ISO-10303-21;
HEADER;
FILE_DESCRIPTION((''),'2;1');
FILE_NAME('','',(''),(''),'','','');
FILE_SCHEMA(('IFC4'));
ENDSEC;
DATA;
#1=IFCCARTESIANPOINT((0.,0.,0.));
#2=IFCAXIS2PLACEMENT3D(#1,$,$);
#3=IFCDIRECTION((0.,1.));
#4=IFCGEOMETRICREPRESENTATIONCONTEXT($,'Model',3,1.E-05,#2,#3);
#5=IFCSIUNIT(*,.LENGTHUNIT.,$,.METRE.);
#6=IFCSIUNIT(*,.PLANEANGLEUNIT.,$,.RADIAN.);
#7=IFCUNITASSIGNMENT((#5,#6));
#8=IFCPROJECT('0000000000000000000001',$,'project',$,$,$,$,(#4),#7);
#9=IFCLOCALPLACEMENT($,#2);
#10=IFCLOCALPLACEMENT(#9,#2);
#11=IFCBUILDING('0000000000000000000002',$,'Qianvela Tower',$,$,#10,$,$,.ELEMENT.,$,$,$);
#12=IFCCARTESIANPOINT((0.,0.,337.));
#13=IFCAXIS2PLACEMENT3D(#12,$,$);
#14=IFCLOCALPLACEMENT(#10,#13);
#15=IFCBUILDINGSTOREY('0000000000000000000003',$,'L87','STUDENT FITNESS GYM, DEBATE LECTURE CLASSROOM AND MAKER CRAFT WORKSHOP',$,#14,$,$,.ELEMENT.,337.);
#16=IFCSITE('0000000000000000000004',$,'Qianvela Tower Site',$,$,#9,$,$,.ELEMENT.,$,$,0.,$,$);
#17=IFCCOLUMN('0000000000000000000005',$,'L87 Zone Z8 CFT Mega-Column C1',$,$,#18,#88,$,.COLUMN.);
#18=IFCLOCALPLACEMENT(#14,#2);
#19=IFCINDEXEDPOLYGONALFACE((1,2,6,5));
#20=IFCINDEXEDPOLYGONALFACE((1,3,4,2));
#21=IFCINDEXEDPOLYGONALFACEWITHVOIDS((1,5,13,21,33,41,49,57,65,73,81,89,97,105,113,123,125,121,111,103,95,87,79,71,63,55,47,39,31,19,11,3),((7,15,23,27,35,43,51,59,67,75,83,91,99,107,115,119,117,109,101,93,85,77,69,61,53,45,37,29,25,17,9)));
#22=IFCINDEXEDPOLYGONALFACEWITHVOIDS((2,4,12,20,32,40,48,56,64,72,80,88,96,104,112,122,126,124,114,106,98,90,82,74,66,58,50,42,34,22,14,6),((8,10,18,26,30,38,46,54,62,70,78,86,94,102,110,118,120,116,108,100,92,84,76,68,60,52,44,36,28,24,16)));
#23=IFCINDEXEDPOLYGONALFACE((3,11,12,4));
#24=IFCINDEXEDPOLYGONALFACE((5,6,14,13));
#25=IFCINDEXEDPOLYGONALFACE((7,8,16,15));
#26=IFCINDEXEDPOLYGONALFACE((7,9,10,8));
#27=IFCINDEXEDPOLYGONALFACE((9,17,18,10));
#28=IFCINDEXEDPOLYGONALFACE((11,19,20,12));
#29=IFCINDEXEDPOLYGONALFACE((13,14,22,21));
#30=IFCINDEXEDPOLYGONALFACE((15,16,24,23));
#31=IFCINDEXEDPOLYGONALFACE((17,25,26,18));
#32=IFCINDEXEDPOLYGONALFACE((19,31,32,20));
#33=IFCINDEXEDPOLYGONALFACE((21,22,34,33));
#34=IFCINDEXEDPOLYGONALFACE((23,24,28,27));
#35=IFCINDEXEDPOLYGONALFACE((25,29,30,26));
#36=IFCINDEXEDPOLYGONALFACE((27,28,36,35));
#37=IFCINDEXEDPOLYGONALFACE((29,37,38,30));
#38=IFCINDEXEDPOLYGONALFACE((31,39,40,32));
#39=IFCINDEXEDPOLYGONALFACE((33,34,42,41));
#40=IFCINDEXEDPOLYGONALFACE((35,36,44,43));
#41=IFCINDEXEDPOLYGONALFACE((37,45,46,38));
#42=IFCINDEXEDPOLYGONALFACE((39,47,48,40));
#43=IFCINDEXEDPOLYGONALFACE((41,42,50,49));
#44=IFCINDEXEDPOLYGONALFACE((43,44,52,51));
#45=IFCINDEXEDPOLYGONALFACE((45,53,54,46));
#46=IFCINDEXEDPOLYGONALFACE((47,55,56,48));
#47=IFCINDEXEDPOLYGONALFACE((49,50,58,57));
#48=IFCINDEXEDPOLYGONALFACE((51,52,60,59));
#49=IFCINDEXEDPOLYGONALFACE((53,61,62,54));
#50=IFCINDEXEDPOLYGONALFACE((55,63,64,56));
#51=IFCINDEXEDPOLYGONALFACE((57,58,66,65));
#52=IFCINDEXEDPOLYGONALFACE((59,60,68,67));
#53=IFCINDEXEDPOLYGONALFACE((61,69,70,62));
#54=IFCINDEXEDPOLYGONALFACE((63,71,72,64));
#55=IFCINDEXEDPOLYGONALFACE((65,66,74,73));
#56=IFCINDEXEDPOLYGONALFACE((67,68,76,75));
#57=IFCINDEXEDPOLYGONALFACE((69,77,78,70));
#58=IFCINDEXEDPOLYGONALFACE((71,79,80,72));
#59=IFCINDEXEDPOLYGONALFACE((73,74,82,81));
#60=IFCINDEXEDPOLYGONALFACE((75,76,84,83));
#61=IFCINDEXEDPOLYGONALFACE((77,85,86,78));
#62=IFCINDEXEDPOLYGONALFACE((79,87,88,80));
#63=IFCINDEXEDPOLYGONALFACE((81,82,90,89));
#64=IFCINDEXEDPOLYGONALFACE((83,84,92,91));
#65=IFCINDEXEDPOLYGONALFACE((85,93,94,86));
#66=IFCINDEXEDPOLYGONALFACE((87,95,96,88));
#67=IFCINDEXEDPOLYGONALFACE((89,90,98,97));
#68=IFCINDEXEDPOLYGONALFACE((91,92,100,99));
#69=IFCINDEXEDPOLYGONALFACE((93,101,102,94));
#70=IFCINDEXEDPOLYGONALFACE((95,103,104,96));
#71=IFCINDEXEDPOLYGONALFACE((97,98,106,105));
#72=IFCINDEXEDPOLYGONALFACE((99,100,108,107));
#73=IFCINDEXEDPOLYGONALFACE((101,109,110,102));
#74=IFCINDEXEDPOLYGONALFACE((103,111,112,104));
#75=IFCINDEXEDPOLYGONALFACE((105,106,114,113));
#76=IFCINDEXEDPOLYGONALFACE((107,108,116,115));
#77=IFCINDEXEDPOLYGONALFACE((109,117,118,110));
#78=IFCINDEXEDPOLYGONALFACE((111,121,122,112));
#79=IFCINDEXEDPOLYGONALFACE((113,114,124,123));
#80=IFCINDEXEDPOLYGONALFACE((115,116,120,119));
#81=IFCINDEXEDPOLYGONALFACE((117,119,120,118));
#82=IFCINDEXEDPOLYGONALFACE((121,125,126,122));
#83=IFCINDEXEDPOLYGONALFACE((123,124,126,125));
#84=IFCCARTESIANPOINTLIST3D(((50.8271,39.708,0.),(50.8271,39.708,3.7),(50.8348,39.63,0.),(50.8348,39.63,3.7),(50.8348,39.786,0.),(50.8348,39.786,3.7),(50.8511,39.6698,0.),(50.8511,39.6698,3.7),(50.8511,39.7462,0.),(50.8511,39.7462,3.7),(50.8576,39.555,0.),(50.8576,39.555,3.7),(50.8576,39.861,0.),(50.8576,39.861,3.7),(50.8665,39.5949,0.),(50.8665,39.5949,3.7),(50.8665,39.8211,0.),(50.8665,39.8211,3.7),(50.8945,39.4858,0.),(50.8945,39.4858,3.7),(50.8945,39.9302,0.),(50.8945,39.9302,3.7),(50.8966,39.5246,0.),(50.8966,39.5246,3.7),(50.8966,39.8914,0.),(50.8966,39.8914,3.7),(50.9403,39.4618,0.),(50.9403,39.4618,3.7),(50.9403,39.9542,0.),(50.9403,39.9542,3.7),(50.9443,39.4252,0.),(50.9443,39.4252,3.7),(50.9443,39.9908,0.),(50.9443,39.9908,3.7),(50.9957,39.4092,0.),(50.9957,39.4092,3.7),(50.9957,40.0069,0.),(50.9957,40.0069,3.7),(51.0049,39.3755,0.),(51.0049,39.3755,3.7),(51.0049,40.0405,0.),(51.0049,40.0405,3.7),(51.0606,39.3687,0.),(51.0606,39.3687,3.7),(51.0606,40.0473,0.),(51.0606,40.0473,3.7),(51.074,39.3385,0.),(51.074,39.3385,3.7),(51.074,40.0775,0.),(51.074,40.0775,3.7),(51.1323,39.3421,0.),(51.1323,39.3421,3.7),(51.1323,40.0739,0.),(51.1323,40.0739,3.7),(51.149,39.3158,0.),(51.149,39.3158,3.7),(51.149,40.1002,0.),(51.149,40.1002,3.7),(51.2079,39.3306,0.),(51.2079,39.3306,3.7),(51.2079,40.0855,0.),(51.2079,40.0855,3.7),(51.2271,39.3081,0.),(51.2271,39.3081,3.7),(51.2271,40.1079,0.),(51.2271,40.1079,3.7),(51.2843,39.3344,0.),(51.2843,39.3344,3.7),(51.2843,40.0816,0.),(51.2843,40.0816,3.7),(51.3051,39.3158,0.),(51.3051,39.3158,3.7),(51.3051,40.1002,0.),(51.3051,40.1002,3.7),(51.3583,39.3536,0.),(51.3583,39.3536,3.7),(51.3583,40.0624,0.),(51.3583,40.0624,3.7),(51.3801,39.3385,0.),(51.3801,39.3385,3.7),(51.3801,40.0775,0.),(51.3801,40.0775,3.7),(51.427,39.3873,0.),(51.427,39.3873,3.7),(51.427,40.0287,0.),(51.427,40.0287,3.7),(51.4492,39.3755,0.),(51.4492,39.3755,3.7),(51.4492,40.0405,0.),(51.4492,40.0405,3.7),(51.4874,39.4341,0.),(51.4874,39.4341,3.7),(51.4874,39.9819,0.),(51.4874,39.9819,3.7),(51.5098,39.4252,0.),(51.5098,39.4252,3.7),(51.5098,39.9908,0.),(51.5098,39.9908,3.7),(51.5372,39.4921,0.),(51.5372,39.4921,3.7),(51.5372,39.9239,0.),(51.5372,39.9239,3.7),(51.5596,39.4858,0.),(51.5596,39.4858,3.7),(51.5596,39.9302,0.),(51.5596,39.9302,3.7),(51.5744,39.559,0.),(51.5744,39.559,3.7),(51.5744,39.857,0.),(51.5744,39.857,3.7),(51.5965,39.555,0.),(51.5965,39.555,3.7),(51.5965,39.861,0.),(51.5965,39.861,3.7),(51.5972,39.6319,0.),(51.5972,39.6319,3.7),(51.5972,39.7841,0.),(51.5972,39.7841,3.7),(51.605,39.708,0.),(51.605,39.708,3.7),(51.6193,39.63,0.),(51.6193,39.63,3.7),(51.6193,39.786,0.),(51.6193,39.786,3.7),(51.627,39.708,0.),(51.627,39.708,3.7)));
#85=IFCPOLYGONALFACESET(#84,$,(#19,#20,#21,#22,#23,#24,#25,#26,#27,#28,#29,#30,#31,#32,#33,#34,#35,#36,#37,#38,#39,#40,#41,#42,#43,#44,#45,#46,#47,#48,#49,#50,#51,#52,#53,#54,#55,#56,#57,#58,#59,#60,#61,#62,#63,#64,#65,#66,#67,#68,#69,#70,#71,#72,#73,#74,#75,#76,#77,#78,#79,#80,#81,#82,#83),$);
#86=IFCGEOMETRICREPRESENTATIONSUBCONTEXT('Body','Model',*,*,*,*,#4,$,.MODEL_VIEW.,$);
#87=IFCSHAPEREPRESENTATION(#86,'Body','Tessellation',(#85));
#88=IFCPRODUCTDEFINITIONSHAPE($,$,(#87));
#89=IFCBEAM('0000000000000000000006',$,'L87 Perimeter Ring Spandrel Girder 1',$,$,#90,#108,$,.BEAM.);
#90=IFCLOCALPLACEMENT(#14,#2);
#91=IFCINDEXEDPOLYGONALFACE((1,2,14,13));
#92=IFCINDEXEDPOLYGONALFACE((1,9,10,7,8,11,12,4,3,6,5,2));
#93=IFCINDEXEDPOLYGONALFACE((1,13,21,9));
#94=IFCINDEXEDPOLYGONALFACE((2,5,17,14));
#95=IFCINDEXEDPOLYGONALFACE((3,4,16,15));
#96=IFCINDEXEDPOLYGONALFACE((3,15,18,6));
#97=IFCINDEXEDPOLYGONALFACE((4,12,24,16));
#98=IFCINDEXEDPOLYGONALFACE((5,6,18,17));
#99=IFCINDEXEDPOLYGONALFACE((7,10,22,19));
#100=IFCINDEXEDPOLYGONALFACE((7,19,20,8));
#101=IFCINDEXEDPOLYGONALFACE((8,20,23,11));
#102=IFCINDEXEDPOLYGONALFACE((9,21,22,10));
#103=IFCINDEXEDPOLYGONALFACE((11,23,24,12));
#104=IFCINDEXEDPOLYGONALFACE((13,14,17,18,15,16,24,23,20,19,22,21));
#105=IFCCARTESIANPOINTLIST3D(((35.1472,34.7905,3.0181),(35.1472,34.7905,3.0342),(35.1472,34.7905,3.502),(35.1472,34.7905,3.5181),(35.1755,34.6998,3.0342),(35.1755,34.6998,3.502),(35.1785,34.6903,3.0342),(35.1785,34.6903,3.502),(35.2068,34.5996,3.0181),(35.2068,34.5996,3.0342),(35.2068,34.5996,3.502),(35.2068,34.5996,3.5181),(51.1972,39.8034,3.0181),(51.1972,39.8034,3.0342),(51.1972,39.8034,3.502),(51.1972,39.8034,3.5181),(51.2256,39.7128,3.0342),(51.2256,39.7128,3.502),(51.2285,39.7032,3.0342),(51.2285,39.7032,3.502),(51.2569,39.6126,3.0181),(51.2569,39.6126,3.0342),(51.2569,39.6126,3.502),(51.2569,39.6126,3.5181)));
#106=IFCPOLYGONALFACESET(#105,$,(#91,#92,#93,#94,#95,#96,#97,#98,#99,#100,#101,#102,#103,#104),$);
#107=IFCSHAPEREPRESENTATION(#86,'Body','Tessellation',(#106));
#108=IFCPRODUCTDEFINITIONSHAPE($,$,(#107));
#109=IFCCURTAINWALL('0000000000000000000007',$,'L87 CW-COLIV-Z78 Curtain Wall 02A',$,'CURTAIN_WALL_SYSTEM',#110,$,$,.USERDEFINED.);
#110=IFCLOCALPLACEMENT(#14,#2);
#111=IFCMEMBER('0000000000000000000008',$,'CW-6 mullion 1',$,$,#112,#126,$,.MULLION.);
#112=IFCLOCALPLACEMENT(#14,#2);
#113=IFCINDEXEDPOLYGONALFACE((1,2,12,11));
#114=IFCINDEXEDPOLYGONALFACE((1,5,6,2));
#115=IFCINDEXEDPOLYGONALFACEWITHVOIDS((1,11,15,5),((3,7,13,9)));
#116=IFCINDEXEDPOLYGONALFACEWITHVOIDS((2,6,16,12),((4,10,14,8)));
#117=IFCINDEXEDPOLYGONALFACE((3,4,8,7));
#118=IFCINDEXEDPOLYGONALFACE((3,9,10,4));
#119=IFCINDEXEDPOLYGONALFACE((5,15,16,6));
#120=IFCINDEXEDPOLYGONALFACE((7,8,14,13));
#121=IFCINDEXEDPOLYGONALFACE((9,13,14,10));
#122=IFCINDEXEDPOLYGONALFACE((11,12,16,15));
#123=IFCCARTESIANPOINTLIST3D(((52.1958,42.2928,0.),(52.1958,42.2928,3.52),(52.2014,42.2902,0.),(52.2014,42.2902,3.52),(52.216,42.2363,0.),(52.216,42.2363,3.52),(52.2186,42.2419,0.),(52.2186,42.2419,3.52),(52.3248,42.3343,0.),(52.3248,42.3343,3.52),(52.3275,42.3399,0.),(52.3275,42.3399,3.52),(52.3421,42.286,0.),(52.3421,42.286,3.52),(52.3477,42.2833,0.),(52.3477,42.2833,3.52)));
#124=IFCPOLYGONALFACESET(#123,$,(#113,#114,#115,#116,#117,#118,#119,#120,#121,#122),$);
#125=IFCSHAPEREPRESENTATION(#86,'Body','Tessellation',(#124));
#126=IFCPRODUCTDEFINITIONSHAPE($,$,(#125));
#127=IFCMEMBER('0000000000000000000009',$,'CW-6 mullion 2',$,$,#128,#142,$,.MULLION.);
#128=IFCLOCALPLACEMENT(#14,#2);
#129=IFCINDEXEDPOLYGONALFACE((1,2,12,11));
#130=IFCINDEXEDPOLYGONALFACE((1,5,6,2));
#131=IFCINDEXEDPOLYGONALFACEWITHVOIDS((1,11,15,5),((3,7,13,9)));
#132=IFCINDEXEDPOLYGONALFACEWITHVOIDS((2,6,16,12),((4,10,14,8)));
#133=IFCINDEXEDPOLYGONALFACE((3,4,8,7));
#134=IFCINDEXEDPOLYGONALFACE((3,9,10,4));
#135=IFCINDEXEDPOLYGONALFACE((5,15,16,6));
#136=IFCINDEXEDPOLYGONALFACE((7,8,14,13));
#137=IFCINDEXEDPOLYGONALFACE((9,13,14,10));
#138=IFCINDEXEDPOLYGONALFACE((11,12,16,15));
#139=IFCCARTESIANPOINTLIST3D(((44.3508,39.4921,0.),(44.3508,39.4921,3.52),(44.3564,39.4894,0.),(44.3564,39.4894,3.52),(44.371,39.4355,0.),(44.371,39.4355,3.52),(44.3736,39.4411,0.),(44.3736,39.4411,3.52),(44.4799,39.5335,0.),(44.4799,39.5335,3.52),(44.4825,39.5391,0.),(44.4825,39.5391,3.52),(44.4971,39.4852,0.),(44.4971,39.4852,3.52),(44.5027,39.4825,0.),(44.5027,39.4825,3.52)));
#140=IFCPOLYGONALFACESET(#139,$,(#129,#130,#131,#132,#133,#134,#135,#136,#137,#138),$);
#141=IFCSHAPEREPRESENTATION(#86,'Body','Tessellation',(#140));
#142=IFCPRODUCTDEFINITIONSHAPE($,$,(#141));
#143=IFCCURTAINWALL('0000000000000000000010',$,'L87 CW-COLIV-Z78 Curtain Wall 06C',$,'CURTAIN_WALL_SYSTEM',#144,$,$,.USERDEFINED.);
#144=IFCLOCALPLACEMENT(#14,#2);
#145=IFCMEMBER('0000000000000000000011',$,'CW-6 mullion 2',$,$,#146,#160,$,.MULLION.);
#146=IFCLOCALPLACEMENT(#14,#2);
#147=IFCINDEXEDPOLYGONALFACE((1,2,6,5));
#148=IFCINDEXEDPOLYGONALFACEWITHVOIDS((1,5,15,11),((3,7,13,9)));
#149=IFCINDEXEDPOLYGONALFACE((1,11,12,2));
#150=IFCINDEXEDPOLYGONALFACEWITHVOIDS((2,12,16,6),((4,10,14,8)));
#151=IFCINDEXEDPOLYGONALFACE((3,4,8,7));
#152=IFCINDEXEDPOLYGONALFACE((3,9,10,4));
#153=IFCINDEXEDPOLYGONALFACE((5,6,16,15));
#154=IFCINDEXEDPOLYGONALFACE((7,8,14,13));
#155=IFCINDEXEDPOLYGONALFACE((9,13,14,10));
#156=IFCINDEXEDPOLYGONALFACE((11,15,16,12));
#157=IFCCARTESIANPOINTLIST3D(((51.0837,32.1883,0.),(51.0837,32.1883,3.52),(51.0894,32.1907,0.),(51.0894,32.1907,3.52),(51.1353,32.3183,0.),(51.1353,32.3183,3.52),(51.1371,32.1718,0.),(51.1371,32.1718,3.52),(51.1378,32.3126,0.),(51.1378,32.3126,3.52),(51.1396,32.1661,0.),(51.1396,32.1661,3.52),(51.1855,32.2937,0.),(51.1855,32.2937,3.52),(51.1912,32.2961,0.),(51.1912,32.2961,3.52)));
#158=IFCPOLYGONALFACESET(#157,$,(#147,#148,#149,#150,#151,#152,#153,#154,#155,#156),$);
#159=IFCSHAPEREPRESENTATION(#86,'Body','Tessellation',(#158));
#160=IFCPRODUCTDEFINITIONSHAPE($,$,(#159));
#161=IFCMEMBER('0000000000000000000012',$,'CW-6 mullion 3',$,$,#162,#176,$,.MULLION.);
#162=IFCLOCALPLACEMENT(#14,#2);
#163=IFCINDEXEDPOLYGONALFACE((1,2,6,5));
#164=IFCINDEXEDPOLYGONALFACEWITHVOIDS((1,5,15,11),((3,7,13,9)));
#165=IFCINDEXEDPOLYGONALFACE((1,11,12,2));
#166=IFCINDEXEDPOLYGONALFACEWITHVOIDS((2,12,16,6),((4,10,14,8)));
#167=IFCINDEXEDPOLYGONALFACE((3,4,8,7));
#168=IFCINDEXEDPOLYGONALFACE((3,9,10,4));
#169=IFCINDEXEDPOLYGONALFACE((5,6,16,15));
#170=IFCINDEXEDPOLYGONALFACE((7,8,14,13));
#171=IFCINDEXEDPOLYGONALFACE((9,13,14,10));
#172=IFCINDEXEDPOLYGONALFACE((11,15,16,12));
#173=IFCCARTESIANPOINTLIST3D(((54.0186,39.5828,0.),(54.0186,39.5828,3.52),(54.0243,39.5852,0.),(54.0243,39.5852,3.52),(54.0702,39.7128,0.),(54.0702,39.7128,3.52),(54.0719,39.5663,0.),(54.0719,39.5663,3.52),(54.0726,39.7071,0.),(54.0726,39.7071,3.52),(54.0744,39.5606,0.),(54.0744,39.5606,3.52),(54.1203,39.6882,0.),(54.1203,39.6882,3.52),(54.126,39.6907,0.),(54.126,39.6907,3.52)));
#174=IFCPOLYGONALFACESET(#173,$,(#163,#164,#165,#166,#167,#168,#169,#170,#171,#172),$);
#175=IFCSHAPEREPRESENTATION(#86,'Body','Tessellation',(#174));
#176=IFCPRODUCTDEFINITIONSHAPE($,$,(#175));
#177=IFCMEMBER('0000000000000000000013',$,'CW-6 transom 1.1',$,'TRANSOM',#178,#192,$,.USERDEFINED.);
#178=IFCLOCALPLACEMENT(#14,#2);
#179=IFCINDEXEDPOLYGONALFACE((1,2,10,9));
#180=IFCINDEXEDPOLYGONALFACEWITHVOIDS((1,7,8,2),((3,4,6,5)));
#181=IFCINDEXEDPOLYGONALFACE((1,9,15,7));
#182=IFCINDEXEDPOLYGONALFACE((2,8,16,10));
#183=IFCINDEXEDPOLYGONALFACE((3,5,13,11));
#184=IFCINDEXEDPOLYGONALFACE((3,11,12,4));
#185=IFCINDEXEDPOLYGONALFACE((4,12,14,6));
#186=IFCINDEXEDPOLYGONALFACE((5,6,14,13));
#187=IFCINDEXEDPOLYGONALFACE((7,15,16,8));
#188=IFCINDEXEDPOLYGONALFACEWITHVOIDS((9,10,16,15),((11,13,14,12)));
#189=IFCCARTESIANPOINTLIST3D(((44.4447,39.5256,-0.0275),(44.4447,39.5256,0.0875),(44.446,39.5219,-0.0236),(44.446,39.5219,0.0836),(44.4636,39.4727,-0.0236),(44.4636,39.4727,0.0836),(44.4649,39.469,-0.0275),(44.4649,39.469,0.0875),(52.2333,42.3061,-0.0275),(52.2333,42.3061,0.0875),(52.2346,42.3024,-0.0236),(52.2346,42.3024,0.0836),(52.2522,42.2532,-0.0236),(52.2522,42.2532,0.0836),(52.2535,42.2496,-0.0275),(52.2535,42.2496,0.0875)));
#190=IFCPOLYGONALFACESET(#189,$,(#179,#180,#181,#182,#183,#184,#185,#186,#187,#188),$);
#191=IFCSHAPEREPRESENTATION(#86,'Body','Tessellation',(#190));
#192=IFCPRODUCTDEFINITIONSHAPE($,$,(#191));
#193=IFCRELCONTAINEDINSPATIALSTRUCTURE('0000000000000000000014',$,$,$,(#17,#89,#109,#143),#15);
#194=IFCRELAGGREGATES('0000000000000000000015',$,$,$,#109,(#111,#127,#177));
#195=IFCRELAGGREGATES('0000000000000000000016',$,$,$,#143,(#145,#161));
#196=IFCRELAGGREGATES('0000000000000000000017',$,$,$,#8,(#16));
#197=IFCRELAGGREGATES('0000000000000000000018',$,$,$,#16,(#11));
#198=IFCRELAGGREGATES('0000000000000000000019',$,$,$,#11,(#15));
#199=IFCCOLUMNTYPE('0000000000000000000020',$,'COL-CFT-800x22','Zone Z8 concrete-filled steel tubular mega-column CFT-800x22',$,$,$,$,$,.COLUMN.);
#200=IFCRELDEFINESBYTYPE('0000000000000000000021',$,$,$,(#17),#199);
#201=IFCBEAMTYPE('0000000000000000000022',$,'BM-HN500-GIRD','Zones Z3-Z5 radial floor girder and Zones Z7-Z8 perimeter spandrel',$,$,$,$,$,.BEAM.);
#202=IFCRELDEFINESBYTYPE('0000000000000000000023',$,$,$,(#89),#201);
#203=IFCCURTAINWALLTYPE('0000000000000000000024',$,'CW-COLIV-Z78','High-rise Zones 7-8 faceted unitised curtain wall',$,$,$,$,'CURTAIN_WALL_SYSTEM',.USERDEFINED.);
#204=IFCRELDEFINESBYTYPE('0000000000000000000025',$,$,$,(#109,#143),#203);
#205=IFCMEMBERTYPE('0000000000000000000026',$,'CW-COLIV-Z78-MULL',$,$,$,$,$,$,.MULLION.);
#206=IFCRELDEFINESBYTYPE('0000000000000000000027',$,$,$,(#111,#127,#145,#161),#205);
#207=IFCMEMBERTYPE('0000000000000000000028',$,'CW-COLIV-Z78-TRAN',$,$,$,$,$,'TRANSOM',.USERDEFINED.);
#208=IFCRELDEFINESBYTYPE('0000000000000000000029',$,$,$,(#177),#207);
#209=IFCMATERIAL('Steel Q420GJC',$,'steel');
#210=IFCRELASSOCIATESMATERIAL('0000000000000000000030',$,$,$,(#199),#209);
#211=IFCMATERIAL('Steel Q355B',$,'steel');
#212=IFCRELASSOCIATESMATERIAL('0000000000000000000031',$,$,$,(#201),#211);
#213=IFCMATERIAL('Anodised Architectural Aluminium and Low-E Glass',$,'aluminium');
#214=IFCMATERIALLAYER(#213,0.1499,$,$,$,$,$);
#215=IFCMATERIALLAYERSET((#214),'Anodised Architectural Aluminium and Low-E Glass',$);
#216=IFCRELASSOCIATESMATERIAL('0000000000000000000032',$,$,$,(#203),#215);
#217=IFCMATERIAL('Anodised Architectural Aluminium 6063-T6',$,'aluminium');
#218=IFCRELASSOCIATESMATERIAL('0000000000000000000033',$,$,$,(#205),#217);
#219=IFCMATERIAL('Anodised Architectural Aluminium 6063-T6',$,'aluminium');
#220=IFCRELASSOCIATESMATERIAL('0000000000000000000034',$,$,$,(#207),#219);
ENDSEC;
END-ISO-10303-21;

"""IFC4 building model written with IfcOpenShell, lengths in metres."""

from ifc_helpers import new_model, si_unit, direction, frame, origin, origin_2d, place, context, subcontext, project, spatial, hollow_rectangle, hollow_circle, i_section, extrude, material, layer, layer_set, material_profile, profile_set, type_object, element, aggregate, save


model = new_model("IFC4")

# Units and contexts
model_context = context("Model", 3, precision=1e-05, world=origin(), true_north=direction((0.0, 1.0)))
body_context = subcontext(model_context, "Body", "Model", "MODEL_VIEW")
ifc_project = project(units=[si_unit("LENGTHUNIT", "METRE"), si_unit("PLANEANGLEUNIT", "RADIAN")], contexts=[model_context])

# Site, building, storey
site_placement = place(None, origin())
site = spatial("IfcSite", under=ifc_project, at=site_placement, Name="Qianvela Tower Site", CompositionType="ELEMENT", RefElevation=0.0)
building_placement = place(site_placement, origin())
building = spatial("IfcBuilding", under=site, at=building_placement, Name="Qianvela Tower", CompositionType="ELEMENT")
storey_placement = place(building_placement, frame((0.0, 0.0, 337.0)))
storey = spatial("IfcBuildingStorey", under=building, at=storey_placement, Name="L87", Description="STUDENT FITNESS GYM, DEBATE LECTURE CLASSROOM AND MAKER CRAFT WORKSHOP", CompositionType="ELEMENT", Elevation=337.0)

# Column
ifc_material_1 = material(Name="Steel Q420GJC", Category="steel")
ifc_material_profile_1 = material_profile(ifc_material_1, hollow_circle(Radius=0.3999, WallThickness=0.022, at=origin_2d()), Name="CFT-800x22")
ifc_profile_set_1 = profile_set([ifc_material_profile_1], Name="Steel Q420GJC")
column_type = type_object("IfcColumnType", Name="COL-CFT-800x22", Description="Zone Z8 concrete-filled steel tubular mega-column CFT-800x22", PredefinedType="COLUMN", material=ifc_profile_set_1)
column_placement = place(storey_placement, frame((51.2271, 39.708, 0.0), z_axis=(0.0, 0.0, 1.0), x_axis=(1.0, 0.0, 0.0)))
element("IfcColumn", 1, at=column_placement, inside=storey, type_object=column_type, Name="L87 Zone Z8 CFT Mega-Column C1", PredefinedType="COLUMN", context=body_context, shape_type="SweptSolid", body=[
    extrude(hollow_circle(Radius=0.3999, WallThickness=0.022, at=origin_2d()), origin(), (0.0, 0.0, 1.0), 3.7),
])

# Beam
ifc_material_2 = material(Name="Steel Q355B", Category="steel")
ifc_material_profile_2 = material_profile(ifc_material_2, i_section(OverallWidth=0.2, OverallDepth=0.5, WebThickness=0.01, FlangeThickness=0.0161, at=origin_2d()), Name="HN500x200x10x16")
ifc_profile_set_2 = profile_set([ifc_material_profile_2], Name="Steel Q355B")
beam_type = type_object("IfcBeamType", Name="BM-HN500-GIRD", Description="Zones Z3-Z5 radial floor girder and Zones Z7-Z8 perimeter spandrel", PredefinedType="BEAM", material=ifc_profile_set_2)
beam_placement = place(storey_placement, frame((51.2271, 39.708, 3.2681), z_axis=(-0.954526, -0.298129, 0.0), x_axis=(0.298129, -0.954526, 0.0)))
element("IfcBeam", 2, at=beam_placement, inside=storey, type_object=beam_type, Name="L87 Perimeter Ring Spandrel Girder 1", PredefinedType="BEAM", context=body_context, shape_type="SweptSolid", body=[
    extrude(i_section(OverallWidth=0.2, OverallDepth=0.5, WebThickness=0.01, FlangeThickness=0.0161, at=origin_2d()), origin(), (0.0, 0.0, 1.0), 16.8147),
])

# Curtain walls, members
ifc_material_3 = material(Name="Anodised Architectural Aluminium and Low-E Glass", Category="aluminium")
ifc_layer_1 = layer(ifc_material_3, 0.1499)
ifc_layer_set_1 = layer_set([ifc_layer_1], Name="Anodised Architectural Aluminium and Low-E Glass")
curtain_wall_type = type_object("IfcCurtainWallType", Name="CW-COLIV-Z78", Description="High-rise Zones 7-8 faceted unitised curtain wall", ElementType="CURTAIN_WALL_SYSTEM", PredefinedType="USERDEFINED", material=ifc_layer_set_1)
curtain_wall_1_placement = place(storey_placement, origin())
curtain_wall_1 = element("IfcCurtainWall", 3, at=curtain_wall_1_placement, inside=storey, type_object=curtain_wall_type, Name="L87 CW-COLIV-Z78 Curtain Wall 02A", ObjectType="CURTAIN_WALL_SYSTEM", PredefinedType="USERDEFINED")
ifc_material_4 = material(Name="Anodised Architectural Aluminium 6063-T6", Category="aluminium")
ifc_material_profile_3 = material_profile(ifc_material_4, hollow_rectangle(XDim=0.0601, YDim=0.1399, WallThickness=0.0044, at=origin_2d()), Name="ALU-MULL-60x140")
ifc_profile_set_3 = profile_set([ifc_material_profile_3], Name="Anodised Architectural Aluminium 6063-T6")
member_type_1 = type_object("IfcMemberType", Name="CW-COLIV-Z78-MULL", PredefinedType="MULLION", material=ifc_profile_set_3)
member_1_placement = place(storey_placement, frame((52.2717, 42.2881, 0.0), z_axis=(0.0, 0.0, 1.0), x_axis=(0.336226, -0.941781, 0.0)))
member_1 = element("IfcMember", 4, at=member_1_placement, type_object=member_type_1, Name="CW-6 mullion 1", PredefinedType="MULLION", context=body_context, shape_type="SweptSolid", body=[
    extrude(hollow_rectangle(XDim=0.0601, YDim=0.1399, WallThickness=0.0044, at=origin_2d()), origin(), (0.0, 0.0, 1.0), 3.52),
])
member_2_placement = place(storey_placement, frame((44.4268, 39.4873, 0.0), z_axis=(0.0, 0.0, 1.0), x_axis=(0.336226, -0.941781, 0.0)))
member_2 = element("IfcMember", 5, at=member_2_placement, type_object=member_type_1, Name="CW-6 mullion 2", PredefinedType="MULLION", context=body_context, shape_type="SweptSolid", body=[
    extrude(hollow_rectangle(XDim=0.0601, YDim=0.1399, WallThickness=0.0044, at=origin_2d()), origin(), (0.0, 0.0, 1.0), 3.52),
])
curtain_wall_2_placement = place(storey_placement, origin())
curtain_wall_2 = element("IfcCurtainWall", 6, at=curtain_wall_2_placement, inside=storey, type_object=curtain_wall_type, Name="L87 CW-COLIV-Z78 Curtain Wall 06C", ObjectType="CURTAIN_WALL_SYSTEM", PredefinedType="USERDEFINED")
member_3_placement = place(storey_placement, frame((51.1375, 32.2422, 0.0), z_axis=(0.0, 0.0, 1.0), x_axis=(-0.929474, 0.368888, 0.0)))
member_3 = element("IfcMember", 7, at=member_3_placement, type_object=member_type_1, Name="CW-6 mullion 2", PredefinedType="MULLION", context=body_context, shape_type="SweptSolid", body=[
    extrude(hollow_rectangle(XDim=0.0601, YDim=0.1399, WallThickness=0.0044, at=origin_2d()), origin(), (0.0, 0.0, 1.0), 3.52),
])
member_4_placement = place(storey_placement, frame((54.0723, 39.6367, 0.0), z_axis=(0.0, 0.0, 1.0), x_axis=(-0.929474, 0.368888, 0.0)))
member_4 = element("IfcMember", 8, at=member_4_placement, type_object=member_type_1, Name="CW-6 mullion 3", PredefinedType="MULLION", context=body_context, shape_type="SweptSolid", body=[
    extrude(hollow_rectangle(XDim=0.0601, YDim=0.1399, WallThickness=0.0044, at=origin_2d()), origin(), (0.0, 0.0, 1.0), 3.52),
])

# Member
ifc_material_5 = material(Name="Anodised Architectural Aluminium 6063-T6", Category="aluminium")
ifc_material_profile_4 = material_profile(ifc_material_5, hollow_rectangle(XDim=0.0601, YDim=0.115, WallThickness=0.0039, at=origin_2d()), Name="ALU-TRAN-60x115")
ifc_profile_set_4 = profile_set([ifc_material_profile_4], Name="Anodised Architectural Aluminium 6063-T6")
member_type_2 = type_object("IfcMemberType", Name="CW-COLIV-Z78-TRAN", ElementType="TRANSOM", PredefinedType="USERDEFINED", material=ifc_profile_set_4)
member_5_placement = place(storey_placement, frame((52.2434, 42.2778, 0.03), z_axis=(-0.941785, -0.336217, 0.0), x_axis=(0.336217, -0.941785, 0.0)))
member_5 = element("IfcMember", 9, at=member_5_placement, type_object=member_type_2, Name="CW-6 transom 1.1", ObjectType="TRANSOM", PredefinedType="USERDEFINED", context=body_context, shape_type="SweptSolid", body=[
    extrude(hollow_rectangle(XDim=0.0601, YDim=0.115, WallThickness=0.0039, at=origin_2d()), origin(), (0.0, 0.0, 1.0), 8.27),
])

aggregate(curtain_wall_1, [member_1, member_2, member_5])
aggregate(curtain_wall_2, [member_3, member_4])

save(model, "model.ifc")
